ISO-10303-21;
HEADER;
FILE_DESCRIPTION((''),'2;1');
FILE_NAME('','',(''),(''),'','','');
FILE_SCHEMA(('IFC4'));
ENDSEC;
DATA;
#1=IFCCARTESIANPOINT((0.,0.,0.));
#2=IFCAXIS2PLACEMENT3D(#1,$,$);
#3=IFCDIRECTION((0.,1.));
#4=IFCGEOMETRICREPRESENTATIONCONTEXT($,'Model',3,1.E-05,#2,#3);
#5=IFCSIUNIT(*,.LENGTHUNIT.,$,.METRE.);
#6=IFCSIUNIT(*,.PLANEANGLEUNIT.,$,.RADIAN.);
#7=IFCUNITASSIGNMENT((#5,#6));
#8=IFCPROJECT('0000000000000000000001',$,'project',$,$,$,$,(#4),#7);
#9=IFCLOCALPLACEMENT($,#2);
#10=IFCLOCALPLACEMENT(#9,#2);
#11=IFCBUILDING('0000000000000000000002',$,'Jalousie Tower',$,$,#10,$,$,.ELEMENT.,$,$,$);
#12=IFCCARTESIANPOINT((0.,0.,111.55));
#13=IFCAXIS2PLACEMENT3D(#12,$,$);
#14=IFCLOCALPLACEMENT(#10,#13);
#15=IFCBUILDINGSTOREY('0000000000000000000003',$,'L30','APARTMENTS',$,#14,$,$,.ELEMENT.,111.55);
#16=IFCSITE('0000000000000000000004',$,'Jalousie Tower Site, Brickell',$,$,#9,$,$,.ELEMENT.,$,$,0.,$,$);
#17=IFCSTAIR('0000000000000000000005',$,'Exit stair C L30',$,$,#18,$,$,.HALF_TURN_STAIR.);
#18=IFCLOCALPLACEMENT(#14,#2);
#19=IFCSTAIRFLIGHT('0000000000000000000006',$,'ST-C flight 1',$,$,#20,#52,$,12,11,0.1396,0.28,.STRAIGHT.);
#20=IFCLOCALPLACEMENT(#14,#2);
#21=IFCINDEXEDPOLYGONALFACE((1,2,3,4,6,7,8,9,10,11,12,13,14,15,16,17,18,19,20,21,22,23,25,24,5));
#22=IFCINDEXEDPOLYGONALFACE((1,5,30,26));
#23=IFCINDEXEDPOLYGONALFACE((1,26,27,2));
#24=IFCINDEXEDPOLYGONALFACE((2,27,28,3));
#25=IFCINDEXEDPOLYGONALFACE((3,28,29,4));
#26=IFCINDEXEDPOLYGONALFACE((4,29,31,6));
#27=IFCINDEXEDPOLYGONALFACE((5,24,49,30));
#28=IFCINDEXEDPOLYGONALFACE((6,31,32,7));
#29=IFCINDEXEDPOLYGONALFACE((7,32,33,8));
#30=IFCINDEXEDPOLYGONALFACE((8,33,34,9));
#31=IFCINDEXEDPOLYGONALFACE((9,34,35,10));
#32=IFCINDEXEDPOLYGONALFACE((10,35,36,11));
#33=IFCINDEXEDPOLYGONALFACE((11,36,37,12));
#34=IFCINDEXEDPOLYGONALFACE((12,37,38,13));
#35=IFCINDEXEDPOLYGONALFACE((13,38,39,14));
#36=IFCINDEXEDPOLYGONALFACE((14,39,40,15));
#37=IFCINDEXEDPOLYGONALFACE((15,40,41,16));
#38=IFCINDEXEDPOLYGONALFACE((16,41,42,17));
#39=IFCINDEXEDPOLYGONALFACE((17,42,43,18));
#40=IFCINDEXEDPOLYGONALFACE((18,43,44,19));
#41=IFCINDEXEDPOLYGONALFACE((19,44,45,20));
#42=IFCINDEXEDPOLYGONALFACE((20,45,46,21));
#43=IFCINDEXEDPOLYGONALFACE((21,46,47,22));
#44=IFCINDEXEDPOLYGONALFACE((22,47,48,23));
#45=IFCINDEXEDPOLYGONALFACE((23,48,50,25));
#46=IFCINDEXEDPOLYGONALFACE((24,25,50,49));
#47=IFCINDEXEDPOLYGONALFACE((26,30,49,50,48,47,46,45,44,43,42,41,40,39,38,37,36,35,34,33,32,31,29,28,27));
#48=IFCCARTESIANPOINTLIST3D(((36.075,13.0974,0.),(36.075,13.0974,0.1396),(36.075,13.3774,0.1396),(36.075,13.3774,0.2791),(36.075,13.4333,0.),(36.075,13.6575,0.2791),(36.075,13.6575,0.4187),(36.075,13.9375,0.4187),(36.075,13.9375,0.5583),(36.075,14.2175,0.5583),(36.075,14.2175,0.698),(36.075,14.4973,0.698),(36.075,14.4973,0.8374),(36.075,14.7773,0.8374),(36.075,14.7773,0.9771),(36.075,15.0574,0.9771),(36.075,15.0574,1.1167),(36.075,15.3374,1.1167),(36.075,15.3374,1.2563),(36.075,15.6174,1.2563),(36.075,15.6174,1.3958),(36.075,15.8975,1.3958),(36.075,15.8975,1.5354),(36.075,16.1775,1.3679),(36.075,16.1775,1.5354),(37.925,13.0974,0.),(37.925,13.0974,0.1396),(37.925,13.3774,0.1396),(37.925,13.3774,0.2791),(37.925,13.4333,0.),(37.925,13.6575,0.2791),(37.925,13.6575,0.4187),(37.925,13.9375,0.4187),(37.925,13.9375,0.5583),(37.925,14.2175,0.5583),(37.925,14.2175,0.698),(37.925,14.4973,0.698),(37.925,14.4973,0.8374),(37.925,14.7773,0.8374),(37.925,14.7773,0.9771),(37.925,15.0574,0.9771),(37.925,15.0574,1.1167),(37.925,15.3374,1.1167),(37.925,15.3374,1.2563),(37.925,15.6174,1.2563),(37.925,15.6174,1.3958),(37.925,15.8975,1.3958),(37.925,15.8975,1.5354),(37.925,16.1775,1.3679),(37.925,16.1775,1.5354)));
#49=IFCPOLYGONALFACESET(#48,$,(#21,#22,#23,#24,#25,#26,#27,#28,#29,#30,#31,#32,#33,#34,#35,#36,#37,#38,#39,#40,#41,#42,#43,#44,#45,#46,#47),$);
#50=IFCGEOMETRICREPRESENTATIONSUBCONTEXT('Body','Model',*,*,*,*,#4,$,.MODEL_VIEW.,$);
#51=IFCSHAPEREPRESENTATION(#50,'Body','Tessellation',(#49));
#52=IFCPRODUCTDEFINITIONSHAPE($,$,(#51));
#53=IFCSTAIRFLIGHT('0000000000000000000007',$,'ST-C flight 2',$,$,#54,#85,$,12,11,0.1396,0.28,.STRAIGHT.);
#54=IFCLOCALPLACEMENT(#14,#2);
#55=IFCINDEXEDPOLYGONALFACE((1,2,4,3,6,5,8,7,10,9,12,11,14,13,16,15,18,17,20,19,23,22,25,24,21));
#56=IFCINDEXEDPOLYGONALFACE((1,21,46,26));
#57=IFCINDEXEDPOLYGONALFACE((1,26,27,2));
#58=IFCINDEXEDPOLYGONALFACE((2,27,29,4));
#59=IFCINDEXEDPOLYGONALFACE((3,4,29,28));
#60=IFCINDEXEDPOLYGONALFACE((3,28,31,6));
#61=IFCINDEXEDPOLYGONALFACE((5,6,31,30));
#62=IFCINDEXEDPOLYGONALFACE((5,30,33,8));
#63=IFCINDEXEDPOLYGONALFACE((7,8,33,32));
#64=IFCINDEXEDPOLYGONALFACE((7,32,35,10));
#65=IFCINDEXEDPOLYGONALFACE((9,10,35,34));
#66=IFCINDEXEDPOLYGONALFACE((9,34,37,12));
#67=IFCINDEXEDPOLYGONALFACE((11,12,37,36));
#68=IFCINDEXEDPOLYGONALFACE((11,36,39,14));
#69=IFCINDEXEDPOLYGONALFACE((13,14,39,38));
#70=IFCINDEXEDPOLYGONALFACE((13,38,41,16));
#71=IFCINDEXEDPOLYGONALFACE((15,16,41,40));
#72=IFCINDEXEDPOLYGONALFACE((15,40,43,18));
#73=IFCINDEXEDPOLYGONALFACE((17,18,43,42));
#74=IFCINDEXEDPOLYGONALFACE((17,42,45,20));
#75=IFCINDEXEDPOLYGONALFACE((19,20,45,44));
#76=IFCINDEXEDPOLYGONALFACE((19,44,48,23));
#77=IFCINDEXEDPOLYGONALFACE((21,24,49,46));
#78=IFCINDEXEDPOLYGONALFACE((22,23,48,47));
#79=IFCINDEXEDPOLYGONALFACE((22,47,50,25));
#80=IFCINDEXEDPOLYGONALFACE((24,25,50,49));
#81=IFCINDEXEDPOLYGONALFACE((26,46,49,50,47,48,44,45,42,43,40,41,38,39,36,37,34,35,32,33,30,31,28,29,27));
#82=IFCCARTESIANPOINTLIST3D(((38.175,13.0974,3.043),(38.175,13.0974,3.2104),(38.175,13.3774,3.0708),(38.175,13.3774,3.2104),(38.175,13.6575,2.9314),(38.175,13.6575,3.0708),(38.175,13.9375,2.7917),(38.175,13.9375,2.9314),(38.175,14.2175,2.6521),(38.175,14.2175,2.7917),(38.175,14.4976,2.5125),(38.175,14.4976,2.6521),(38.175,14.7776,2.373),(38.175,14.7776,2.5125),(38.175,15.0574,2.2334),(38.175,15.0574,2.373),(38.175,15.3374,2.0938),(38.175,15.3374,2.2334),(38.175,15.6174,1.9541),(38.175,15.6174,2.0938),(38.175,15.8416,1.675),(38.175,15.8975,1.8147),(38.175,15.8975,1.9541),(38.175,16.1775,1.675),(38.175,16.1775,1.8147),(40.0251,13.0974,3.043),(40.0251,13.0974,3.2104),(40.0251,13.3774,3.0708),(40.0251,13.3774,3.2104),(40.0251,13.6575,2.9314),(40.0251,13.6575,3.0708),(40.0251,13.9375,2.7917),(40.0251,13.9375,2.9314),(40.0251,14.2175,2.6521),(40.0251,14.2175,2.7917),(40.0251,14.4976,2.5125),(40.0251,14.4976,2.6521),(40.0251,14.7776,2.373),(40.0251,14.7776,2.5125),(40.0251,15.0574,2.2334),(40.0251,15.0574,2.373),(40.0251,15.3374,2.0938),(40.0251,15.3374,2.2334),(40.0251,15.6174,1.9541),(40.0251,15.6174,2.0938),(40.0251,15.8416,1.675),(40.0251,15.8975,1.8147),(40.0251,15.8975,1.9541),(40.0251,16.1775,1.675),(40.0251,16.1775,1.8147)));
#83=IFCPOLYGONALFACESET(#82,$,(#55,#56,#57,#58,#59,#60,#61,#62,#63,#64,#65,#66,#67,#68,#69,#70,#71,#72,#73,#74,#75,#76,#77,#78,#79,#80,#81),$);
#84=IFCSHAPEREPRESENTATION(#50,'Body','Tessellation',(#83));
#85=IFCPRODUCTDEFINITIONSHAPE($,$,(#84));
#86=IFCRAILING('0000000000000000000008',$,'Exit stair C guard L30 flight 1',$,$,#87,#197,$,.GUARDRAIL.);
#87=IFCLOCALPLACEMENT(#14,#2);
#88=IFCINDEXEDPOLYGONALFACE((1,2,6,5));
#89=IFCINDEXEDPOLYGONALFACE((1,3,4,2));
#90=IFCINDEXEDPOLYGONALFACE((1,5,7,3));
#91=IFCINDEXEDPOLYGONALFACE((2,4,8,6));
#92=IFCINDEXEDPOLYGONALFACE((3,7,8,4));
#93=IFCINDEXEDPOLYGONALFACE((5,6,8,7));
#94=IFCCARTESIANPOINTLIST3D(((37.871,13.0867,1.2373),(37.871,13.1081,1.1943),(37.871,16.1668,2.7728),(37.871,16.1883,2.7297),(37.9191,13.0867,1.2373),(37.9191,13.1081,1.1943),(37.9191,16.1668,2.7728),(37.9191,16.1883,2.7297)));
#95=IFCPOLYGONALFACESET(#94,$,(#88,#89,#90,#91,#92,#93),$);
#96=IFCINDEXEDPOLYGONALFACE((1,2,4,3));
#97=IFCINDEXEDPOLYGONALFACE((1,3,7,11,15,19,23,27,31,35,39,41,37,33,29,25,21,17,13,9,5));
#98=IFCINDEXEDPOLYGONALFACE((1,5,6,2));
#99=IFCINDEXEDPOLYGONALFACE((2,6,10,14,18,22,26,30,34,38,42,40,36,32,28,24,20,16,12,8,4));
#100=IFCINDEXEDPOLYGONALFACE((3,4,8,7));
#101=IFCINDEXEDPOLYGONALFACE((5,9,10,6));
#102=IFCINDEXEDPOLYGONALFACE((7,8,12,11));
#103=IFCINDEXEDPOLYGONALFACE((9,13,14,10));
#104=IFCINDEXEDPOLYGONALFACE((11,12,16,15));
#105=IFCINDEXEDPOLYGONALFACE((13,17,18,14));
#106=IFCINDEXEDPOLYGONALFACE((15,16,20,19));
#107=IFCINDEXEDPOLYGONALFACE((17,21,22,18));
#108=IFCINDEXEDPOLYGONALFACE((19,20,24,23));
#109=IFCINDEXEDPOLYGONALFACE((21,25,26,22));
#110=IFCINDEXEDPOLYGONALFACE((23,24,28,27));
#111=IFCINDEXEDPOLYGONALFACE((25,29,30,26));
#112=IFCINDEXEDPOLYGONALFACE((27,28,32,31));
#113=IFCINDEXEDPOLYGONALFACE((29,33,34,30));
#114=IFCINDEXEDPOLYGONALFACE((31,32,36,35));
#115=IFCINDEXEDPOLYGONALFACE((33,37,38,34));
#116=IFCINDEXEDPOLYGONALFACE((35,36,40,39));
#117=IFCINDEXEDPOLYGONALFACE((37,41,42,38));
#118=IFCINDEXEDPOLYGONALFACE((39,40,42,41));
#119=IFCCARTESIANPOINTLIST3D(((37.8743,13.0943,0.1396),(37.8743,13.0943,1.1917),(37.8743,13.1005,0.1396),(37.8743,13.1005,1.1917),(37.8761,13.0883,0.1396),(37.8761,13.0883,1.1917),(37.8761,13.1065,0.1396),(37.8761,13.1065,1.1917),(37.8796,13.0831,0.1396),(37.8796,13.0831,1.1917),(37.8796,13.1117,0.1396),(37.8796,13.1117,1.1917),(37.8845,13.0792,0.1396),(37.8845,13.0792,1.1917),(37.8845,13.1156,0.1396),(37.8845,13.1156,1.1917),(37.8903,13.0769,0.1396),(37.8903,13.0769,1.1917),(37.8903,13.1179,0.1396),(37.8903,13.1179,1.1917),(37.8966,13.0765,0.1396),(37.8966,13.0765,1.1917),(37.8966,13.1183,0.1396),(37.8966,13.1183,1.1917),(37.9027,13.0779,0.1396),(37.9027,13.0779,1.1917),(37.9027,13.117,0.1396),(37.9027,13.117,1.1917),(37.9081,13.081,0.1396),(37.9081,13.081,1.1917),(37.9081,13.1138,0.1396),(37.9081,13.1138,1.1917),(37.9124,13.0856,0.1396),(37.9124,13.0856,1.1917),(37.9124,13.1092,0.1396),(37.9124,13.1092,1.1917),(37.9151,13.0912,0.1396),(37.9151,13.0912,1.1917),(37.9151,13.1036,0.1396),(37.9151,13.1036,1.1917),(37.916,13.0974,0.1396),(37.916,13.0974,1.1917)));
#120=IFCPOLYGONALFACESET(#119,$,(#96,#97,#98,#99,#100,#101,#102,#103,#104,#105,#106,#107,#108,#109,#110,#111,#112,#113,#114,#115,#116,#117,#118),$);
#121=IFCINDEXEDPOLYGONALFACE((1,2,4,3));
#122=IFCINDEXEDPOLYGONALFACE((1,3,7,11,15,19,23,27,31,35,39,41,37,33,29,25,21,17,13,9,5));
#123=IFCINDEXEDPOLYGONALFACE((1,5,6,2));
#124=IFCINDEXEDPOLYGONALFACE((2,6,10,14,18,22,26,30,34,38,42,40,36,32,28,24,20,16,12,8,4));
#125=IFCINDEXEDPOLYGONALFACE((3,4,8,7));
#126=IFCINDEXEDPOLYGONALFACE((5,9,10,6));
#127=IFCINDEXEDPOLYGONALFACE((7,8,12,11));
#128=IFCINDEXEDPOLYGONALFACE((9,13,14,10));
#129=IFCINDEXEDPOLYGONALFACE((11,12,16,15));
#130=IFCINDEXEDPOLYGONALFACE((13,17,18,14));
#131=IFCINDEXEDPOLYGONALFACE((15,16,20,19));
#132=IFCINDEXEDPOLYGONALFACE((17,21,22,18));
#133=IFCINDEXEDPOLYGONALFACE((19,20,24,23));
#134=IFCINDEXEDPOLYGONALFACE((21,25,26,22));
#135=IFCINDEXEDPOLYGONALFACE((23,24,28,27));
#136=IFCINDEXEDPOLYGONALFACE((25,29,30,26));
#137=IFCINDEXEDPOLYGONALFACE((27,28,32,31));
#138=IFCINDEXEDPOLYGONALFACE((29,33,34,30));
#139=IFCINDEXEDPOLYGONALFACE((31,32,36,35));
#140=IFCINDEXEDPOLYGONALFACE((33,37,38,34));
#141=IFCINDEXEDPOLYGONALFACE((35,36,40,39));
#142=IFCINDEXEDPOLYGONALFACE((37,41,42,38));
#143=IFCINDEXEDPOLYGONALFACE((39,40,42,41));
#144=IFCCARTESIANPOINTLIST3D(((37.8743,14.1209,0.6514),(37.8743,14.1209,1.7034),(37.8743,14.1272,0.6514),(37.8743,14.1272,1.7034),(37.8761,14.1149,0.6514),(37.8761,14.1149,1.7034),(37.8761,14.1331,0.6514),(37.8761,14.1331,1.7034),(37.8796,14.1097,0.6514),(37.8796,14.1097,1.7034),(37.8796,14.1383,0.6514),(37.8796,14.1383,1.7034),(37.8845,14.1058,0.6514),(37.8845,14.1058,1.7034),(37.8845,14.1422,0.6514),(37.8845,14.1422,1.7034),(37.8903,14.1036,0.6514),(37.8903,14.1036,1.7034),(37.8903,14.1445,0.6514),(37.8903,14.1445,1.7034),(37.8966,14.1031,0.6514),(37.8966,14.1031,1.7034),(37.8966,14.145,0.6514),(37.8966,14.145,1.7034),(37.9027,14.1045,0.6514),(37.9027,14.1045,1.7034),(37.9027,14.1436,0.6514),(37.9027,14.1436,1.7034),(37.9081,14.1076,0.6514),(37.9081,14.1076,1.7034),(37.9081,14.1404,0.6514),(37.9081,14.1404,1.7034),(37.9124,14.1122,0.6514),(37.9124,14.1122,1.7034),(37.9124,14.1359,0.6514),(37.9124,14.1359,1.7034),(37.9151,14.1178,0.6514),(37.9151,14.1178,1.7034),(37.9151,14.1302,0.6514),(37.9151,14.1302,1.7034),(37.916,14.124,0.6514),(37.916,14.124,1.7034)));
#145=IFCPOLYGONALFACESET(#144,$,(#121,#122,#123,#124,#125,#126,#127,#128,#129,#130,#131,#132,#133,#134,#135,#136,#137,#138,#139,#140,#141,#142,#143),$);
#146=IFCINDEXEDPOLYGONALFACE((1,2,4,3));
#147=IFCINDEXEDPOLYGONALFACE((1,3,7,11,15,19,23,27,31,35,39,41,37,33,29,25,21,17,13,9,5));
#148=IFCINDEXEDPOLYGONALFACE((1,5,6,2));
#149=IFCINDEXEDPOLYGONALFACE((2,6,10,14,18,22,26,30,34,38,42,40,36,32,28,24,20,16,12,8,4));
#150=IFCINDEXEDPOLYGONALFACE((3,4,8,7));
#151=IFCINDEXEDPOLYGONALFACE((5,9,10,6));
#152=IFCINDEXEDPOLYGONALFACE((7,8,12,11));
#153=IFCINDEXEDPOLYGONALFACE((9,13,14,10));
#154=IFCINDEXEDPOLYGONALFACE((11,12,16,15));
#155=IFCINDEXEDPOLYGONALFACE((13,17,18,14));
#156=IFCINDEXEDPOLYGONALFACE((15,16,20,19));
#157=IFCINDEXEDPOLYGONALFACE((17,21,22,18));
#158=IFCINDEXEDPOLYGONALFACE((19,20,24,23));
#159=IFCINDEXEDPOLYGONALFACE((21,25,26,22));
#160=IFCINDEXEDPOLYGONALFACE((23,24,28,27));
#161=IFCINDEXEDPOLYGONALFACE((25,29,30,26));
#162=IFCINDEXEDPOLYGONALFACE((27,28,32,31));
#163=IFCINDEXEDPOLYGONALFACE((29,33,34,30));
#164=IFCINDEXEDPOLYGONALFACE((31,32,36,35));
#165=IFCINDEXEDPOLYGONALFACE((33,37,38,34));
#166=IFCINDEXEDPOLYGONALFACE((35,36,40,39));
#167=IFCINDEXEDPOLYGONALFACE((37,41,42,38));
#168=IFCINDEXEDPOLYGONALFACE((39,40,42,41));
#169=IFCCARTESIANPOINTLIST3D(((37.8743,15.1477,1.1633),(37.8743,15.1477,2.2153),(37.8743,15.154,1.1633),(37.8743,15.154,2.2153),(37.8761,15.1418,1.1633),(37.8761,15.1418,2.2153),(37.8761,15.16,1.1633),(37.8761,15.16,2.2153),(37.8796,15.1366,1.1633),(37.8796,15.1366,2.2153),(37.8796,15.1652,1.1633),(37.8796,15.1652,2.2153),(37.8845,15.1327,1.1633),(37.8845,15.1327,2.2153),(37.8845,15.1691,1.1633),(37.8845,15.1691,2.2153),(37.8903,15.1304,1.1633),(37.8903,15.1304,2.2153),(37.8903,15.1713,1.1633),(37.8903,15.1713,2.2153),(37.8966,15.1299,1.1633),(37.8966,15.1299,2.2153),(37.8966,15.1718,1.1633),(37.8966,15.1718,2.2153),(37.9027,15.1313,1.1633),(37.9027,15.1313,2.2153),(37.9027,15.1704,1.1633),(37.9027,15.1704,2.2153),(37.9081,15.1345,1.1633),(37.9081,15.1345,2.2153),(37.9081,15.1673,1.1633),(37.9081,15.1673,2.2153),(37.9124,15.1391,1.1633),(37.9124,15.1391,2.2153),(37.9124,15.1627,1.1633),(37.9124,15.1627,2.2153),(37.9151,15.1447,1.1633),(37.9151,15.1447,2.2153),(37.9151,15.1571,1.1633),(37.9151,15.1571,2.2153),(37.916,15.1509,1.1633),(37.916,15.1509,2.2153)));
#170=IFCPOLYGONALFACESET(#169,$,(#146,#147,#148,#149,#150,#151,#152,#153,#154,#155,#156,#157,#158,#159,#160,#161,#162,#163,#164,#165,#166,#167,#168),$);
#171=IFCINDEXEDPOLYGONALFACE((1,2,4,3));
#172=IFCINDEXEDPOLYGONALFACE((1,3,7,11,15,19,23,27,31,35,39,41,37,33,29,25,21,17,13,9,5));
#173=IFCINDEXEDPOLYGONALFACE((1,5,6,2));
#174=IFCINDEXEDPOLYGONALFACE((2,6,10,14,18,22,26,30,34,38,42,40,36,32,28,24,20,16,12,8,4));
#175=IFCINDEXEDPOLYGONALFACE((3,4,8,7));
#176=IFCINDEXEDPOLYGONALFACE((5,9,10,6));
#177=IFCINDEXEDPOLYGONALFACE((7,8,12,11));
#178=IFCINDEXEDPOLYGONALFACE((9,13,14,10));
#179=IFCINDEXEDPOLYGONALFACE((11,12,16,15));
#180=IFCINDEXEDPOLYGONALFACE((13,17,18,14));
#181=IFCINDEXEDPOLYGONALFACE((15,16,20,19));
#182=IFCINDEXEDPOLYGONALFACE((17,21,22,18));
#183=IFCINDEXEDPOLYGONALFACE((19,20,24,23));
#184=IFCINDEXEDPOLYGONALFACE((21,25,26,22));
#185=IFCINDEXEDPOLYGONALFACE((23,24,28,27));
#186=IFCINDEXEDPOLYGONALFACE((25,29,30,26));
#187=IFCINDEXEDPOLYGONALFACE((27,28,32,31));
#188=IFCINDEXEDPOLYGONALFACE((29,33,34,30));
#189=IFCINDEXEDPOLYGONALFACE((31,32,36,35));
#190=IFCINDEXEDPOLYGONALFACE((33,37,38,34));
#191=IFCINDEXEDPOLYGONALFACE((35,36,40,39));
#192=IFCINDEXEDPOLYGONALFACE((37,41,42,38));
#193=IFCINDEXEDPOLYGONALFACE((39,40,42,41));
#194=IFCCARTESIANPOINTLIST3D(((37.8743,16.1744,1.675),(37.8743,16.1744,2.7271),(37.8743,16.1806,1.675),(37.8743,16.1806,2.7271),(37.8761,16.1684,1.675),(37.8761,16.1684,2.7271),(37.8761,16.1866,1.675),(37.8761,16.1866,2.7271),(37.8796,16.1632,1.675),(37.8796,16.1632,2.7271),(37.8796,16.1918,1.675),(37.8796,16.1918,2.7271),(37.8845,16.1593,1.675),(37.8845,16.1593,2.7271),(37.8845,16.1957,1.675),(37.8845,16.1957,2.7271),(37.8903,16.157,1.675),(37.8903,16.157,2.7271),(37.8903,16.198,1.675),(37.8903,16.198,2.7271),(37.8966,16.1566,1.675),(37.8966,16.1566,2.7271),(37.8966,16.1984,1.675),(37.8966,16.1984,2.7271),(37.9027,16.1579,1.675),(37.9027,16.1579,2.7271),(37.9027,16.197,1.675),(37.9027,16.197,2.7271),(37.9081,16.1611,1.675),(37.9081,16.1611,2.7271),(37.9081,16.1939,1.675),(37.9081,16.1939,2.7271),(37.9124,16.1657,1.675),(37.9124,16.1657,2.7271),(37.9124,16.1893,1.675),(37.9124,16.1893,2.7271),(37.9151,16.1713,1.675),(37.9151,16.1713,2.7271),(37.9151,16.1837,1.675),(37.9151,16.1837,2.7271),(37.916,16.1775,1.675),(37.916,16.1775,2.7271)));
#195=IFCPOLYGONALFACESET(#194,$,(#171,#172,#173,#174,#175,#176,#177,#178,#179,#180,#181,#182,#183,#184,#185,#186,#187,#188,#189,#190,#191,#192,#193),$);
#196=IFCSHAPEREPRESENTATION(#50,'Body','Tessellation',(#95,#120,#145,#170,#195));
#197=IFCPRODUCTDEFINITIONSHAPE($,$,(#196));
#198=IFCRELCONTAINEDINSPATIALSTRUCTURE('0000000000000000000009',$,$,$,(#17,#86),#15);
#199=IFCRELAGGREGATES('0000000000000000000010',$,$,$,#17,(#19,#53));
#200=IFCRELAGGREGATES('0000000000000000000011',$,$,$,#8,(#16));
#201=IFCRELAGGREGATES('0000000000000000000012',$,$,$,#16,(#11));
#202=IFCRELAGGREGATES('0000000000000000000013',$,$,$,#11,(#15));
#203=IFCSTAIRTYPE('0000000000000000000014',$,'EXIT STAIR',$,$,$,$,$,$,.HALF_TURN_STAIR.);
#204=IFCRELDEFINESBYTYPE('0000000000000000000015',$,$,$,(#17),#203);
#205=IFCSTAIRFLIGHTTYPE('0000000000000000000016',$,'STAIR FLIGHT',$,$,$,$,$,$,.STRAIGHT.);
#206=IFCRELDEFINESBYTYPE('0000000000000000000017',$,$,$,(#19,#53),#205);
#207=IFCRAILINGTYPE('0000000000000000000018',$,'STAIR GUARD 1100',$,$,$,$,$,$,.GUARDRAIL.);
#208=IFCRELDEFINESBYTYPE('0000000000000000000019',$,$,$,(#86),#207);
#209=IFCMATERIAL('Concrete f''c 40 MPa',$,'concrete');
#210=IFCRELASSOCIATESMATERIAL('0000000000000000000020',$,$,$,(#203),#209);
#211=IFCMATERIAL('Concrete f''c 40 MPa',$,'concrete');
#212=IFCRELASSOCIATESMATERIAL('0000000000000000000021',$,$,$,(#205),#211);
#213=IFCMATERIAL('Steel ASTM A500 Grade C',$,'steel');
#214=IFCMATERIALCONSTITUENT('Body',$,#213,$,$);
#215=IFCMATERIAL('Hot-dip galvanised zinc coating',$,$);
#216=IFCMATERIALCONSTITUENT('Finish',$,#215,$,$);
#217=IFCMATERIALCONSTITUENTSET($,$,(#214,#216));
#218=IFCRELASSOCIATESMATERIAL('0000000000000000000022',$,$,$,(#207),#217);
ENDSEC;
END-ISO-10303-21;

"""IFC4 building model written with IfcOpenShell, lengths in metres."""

from ifc_helpers import new_model, si_unit, direction, frame, origin, origin_2d, place, context, subcontext, project, spatial, polyline, rectangle, circle, outline, extrude, material, constituent, constituent_set, type_object, element, aggregate, save


model = new_model("IFC4")

# Units and contexts
model_context = context("Model", 3, precision=1e-05, world=origin(), true_north=direction((0.0, 1.0)))
body_context = subcontext(model_context, "Body", "Model", "MODEL_VIEW")
ifc_project = project(units=[si_unit("LENGTHUNIT", "METRE"), si_unit("PLANEANGLEUNIT", "RADIAN")], contexts=[model_context])

# Site, building, storey
site_placement = place(None, origin())
site = spatial("IfcSite", under=ifc_project, at=site_placement, Name="Jalousie Tower Site, Brickell", CompositionType="ELEMENT", RefElevation=0.0)
building_placement = place(site_placement, origin())
building = spatial("IfcBuilding", under=site, at=building_placement, Name="Jalousie Tower", CompositionType="ELEMENT")
storey_placement = place(building_placement, frame((0.0, 0.0, 111.55)))
storey = spatial("IfcBuildingStorey", under=building, at=storey_placement, Name="L30", Description="APARTMENTS", CompositionType="ELEMENT", Elevation=111.55)

# Stair, stair flights
ifc_material_1 = material(Name="Concrete f'c 40 MPa", Category="concrete")
stair_type = type_object("IfcStairType", Name="EXIT STAIR", PredefinedType="HALF_TURN_STAIR", material=ifc_material_1)
stair_placement = place(storey_placement, origin())
stair = element("IfcStair", 1, at=stair_placement, inside=storey, type_object=stair_type, Name="Exit stair C L30", PredefinedType="HALF_TURN_STAIR")
ifc_material_2 = material(Name="Concrete f'c 40 MPa", Category="concrete")
stair_flight_type = type_object("IfcStairFlightType", Name="STAIR FLIGHT", PredefinedType="STRAIGHT", material=ifc_material_2)
stair_flight_1_placement = place(storey_placement, frame((37.0, 13.0974, 0.0), z_axis=(0.0, 0.0, 1.0), x_axis=(0.0, 1.0, 0.0)))
stair_flight_1 = element("IfcStairFlight", 2, at=stair_flight_1_placement, type_object=stair_flight_type, Name="ST-C flight 1", NumberOfRisers=12, NumberOfTreads=11, PredefinedType="STRAIGHT", RiserHeight=0.1396, TreadLength=0.28, context=body_context, shape_type="SweptSolid", body=[
    extrude(outline(polyline([(0.0, 0.0), (0.0, 0.1396), (0.28, 0.1396), (0.28, 0.2791), (0.5601, 0.2791), (0.5601, 0.4187), (0.8401, 0.4187), (0.8401, 0.5583), (1.1201, 0.5583), (1.1201, 0.698), (1.3999, 0.698), (1.3999, 0.8374), (1.6799, 0.8374), (1.6799, 0.9771), (1.96, 0.9771), (1.96, 1.1167), (2.24, 1.1167), (2.24, 1.2563), (2.52, 1.2563), (2.52, 1.3958), (2.8, 1.3958), (2.8, 1.5354), (3.0801, 1.5354), (3.0801, 1.675), (3.0801, 1.3679), (0.3359, 0.0), (0.0, 0.0)])), frame((0.0, 0.925, 0.0), z_axis=(0.0, -1.0, 0.0), x_axis=(1.0, 0.0, 0.0)), (0.0, 0.0, 1.0), 1.8501),
])
stair_flight_2_placement = place(storey_placement, frame((39.1001, 16.1775, 1.675), z_axis=(0.0, 0.0, 1.0), x_axis=(0.0, -1.0, 0.0)))
stair_flight_2 = element("IfcStairFlight", 3, at=stair_flight_2_placement, type_object=stair_flight_type, Name="ST-C flight 2", NumberOfRisers=12, NumberOfTreads=11, PredefinedType="STRAIGHT", RiserHeight=0.1396, TreadLength=0.28, context=body_context, shape_type="SweptSolid", body=[
    extrude(outline(polyline([(0.0, 0.0), (0.0, 0.1396), (0.28, 0.1396), (0.28, 0.2791), (0.5601, 0.2791), (0.5601, 0.4187), (0.8401, 0.4187), (0.8401, 0.5583), (1.1201, 0.5583), (1.1201, 0.698), (1.3999, 0.698), (1.3999, 0.8374), (1.6799, 0.8374), (1.6799, 0.9771), (1.96, 0.9771), (1.96, 1.1167), (2.24, 1.1167), (2.24, 1.2563), (2.52, 1.2563), (2.52, 1.3958), (2.8, 1.3958), (2.8, 1.5354), (3.0801, 1.5354), (3.0801, 1.675), (3.0801, 1.3679), (0.3359, 0.0), (0.0, 0.0)])), frame((0.0, 0.925, 0.0), z_axis=(0.0, -1.0, 0.0), x_axis=(1.0, 0.0, 0.0)), (0.0, 0.0, 1.0), 1.8501),
])
aggregate(stair, [stair_flight_1, stair_flight_2])

# Railing
ifc_material_3 = material(Name="Steel ASTM A500 Grade C", Category="steel")
ifc_constituent_1 = constituent(ifc_material_3, Name="Body")
ifc_material_4 = material(Name="Hot-dip galvanised zinc coating")
ifc_constituent_2 = constituent(ifc_material_4, Name="Finish")
ifc_constituent_set_1 = constituent_set(constituents=[ifc_constituent_1, ifc_constituent_2])
railing_type_1 = type_object("IfcRailingType", Name="STAIR GUARD 1100", PredefinedType="GUARDRAIL", material=ifc_constituent_set_1)
railing_1_placement = place(storey_placement, frame((37.895, 13.0974, 0.1396)))
element("IfcRailing", 4, at=railing_1_placement, inside=storey, type_object=railing_type_1, Name="Exit stair C guard L30 flight 1", PredefinedType="GUARDRAIL", context=body_context, shape_type="SweptSolid", body=[
    extrude(rectangle(XDim=0.0481, YDim=0.0481, at=origin_2d()), frame((0.0, 0.0, 1.0762), z_axis=(0.0, 0.894966, 0.446135), x_axis=(-1.0, 0.0, 0.0)), (0.0, 0.0, 1.0), 3.4417),
    extrude(circle(Radius=0.021, at=origin_2d()), origin(), (0.0, 0.0, 1.0), 1.052),
    extrude(circle(Radius=0.021, at=origin_2d()), frame((0.0, 1.0266, 0.5117)), (0.0, 0.0, 1.0), 1.052),
    extrude(circle(Radius=0.021, at=origin_2d()), frame((0.0, 2.0535, 1.0237)), (0.0, 0.0, 1.0), 1.052),
    extrude(circle(Radius=0.021, at=origin_2d()), frame((0.0, 3.0801, 1.5354)), (0.0, 0.0, 1.0), 1.052),
])

save(model, "model.ifc")
